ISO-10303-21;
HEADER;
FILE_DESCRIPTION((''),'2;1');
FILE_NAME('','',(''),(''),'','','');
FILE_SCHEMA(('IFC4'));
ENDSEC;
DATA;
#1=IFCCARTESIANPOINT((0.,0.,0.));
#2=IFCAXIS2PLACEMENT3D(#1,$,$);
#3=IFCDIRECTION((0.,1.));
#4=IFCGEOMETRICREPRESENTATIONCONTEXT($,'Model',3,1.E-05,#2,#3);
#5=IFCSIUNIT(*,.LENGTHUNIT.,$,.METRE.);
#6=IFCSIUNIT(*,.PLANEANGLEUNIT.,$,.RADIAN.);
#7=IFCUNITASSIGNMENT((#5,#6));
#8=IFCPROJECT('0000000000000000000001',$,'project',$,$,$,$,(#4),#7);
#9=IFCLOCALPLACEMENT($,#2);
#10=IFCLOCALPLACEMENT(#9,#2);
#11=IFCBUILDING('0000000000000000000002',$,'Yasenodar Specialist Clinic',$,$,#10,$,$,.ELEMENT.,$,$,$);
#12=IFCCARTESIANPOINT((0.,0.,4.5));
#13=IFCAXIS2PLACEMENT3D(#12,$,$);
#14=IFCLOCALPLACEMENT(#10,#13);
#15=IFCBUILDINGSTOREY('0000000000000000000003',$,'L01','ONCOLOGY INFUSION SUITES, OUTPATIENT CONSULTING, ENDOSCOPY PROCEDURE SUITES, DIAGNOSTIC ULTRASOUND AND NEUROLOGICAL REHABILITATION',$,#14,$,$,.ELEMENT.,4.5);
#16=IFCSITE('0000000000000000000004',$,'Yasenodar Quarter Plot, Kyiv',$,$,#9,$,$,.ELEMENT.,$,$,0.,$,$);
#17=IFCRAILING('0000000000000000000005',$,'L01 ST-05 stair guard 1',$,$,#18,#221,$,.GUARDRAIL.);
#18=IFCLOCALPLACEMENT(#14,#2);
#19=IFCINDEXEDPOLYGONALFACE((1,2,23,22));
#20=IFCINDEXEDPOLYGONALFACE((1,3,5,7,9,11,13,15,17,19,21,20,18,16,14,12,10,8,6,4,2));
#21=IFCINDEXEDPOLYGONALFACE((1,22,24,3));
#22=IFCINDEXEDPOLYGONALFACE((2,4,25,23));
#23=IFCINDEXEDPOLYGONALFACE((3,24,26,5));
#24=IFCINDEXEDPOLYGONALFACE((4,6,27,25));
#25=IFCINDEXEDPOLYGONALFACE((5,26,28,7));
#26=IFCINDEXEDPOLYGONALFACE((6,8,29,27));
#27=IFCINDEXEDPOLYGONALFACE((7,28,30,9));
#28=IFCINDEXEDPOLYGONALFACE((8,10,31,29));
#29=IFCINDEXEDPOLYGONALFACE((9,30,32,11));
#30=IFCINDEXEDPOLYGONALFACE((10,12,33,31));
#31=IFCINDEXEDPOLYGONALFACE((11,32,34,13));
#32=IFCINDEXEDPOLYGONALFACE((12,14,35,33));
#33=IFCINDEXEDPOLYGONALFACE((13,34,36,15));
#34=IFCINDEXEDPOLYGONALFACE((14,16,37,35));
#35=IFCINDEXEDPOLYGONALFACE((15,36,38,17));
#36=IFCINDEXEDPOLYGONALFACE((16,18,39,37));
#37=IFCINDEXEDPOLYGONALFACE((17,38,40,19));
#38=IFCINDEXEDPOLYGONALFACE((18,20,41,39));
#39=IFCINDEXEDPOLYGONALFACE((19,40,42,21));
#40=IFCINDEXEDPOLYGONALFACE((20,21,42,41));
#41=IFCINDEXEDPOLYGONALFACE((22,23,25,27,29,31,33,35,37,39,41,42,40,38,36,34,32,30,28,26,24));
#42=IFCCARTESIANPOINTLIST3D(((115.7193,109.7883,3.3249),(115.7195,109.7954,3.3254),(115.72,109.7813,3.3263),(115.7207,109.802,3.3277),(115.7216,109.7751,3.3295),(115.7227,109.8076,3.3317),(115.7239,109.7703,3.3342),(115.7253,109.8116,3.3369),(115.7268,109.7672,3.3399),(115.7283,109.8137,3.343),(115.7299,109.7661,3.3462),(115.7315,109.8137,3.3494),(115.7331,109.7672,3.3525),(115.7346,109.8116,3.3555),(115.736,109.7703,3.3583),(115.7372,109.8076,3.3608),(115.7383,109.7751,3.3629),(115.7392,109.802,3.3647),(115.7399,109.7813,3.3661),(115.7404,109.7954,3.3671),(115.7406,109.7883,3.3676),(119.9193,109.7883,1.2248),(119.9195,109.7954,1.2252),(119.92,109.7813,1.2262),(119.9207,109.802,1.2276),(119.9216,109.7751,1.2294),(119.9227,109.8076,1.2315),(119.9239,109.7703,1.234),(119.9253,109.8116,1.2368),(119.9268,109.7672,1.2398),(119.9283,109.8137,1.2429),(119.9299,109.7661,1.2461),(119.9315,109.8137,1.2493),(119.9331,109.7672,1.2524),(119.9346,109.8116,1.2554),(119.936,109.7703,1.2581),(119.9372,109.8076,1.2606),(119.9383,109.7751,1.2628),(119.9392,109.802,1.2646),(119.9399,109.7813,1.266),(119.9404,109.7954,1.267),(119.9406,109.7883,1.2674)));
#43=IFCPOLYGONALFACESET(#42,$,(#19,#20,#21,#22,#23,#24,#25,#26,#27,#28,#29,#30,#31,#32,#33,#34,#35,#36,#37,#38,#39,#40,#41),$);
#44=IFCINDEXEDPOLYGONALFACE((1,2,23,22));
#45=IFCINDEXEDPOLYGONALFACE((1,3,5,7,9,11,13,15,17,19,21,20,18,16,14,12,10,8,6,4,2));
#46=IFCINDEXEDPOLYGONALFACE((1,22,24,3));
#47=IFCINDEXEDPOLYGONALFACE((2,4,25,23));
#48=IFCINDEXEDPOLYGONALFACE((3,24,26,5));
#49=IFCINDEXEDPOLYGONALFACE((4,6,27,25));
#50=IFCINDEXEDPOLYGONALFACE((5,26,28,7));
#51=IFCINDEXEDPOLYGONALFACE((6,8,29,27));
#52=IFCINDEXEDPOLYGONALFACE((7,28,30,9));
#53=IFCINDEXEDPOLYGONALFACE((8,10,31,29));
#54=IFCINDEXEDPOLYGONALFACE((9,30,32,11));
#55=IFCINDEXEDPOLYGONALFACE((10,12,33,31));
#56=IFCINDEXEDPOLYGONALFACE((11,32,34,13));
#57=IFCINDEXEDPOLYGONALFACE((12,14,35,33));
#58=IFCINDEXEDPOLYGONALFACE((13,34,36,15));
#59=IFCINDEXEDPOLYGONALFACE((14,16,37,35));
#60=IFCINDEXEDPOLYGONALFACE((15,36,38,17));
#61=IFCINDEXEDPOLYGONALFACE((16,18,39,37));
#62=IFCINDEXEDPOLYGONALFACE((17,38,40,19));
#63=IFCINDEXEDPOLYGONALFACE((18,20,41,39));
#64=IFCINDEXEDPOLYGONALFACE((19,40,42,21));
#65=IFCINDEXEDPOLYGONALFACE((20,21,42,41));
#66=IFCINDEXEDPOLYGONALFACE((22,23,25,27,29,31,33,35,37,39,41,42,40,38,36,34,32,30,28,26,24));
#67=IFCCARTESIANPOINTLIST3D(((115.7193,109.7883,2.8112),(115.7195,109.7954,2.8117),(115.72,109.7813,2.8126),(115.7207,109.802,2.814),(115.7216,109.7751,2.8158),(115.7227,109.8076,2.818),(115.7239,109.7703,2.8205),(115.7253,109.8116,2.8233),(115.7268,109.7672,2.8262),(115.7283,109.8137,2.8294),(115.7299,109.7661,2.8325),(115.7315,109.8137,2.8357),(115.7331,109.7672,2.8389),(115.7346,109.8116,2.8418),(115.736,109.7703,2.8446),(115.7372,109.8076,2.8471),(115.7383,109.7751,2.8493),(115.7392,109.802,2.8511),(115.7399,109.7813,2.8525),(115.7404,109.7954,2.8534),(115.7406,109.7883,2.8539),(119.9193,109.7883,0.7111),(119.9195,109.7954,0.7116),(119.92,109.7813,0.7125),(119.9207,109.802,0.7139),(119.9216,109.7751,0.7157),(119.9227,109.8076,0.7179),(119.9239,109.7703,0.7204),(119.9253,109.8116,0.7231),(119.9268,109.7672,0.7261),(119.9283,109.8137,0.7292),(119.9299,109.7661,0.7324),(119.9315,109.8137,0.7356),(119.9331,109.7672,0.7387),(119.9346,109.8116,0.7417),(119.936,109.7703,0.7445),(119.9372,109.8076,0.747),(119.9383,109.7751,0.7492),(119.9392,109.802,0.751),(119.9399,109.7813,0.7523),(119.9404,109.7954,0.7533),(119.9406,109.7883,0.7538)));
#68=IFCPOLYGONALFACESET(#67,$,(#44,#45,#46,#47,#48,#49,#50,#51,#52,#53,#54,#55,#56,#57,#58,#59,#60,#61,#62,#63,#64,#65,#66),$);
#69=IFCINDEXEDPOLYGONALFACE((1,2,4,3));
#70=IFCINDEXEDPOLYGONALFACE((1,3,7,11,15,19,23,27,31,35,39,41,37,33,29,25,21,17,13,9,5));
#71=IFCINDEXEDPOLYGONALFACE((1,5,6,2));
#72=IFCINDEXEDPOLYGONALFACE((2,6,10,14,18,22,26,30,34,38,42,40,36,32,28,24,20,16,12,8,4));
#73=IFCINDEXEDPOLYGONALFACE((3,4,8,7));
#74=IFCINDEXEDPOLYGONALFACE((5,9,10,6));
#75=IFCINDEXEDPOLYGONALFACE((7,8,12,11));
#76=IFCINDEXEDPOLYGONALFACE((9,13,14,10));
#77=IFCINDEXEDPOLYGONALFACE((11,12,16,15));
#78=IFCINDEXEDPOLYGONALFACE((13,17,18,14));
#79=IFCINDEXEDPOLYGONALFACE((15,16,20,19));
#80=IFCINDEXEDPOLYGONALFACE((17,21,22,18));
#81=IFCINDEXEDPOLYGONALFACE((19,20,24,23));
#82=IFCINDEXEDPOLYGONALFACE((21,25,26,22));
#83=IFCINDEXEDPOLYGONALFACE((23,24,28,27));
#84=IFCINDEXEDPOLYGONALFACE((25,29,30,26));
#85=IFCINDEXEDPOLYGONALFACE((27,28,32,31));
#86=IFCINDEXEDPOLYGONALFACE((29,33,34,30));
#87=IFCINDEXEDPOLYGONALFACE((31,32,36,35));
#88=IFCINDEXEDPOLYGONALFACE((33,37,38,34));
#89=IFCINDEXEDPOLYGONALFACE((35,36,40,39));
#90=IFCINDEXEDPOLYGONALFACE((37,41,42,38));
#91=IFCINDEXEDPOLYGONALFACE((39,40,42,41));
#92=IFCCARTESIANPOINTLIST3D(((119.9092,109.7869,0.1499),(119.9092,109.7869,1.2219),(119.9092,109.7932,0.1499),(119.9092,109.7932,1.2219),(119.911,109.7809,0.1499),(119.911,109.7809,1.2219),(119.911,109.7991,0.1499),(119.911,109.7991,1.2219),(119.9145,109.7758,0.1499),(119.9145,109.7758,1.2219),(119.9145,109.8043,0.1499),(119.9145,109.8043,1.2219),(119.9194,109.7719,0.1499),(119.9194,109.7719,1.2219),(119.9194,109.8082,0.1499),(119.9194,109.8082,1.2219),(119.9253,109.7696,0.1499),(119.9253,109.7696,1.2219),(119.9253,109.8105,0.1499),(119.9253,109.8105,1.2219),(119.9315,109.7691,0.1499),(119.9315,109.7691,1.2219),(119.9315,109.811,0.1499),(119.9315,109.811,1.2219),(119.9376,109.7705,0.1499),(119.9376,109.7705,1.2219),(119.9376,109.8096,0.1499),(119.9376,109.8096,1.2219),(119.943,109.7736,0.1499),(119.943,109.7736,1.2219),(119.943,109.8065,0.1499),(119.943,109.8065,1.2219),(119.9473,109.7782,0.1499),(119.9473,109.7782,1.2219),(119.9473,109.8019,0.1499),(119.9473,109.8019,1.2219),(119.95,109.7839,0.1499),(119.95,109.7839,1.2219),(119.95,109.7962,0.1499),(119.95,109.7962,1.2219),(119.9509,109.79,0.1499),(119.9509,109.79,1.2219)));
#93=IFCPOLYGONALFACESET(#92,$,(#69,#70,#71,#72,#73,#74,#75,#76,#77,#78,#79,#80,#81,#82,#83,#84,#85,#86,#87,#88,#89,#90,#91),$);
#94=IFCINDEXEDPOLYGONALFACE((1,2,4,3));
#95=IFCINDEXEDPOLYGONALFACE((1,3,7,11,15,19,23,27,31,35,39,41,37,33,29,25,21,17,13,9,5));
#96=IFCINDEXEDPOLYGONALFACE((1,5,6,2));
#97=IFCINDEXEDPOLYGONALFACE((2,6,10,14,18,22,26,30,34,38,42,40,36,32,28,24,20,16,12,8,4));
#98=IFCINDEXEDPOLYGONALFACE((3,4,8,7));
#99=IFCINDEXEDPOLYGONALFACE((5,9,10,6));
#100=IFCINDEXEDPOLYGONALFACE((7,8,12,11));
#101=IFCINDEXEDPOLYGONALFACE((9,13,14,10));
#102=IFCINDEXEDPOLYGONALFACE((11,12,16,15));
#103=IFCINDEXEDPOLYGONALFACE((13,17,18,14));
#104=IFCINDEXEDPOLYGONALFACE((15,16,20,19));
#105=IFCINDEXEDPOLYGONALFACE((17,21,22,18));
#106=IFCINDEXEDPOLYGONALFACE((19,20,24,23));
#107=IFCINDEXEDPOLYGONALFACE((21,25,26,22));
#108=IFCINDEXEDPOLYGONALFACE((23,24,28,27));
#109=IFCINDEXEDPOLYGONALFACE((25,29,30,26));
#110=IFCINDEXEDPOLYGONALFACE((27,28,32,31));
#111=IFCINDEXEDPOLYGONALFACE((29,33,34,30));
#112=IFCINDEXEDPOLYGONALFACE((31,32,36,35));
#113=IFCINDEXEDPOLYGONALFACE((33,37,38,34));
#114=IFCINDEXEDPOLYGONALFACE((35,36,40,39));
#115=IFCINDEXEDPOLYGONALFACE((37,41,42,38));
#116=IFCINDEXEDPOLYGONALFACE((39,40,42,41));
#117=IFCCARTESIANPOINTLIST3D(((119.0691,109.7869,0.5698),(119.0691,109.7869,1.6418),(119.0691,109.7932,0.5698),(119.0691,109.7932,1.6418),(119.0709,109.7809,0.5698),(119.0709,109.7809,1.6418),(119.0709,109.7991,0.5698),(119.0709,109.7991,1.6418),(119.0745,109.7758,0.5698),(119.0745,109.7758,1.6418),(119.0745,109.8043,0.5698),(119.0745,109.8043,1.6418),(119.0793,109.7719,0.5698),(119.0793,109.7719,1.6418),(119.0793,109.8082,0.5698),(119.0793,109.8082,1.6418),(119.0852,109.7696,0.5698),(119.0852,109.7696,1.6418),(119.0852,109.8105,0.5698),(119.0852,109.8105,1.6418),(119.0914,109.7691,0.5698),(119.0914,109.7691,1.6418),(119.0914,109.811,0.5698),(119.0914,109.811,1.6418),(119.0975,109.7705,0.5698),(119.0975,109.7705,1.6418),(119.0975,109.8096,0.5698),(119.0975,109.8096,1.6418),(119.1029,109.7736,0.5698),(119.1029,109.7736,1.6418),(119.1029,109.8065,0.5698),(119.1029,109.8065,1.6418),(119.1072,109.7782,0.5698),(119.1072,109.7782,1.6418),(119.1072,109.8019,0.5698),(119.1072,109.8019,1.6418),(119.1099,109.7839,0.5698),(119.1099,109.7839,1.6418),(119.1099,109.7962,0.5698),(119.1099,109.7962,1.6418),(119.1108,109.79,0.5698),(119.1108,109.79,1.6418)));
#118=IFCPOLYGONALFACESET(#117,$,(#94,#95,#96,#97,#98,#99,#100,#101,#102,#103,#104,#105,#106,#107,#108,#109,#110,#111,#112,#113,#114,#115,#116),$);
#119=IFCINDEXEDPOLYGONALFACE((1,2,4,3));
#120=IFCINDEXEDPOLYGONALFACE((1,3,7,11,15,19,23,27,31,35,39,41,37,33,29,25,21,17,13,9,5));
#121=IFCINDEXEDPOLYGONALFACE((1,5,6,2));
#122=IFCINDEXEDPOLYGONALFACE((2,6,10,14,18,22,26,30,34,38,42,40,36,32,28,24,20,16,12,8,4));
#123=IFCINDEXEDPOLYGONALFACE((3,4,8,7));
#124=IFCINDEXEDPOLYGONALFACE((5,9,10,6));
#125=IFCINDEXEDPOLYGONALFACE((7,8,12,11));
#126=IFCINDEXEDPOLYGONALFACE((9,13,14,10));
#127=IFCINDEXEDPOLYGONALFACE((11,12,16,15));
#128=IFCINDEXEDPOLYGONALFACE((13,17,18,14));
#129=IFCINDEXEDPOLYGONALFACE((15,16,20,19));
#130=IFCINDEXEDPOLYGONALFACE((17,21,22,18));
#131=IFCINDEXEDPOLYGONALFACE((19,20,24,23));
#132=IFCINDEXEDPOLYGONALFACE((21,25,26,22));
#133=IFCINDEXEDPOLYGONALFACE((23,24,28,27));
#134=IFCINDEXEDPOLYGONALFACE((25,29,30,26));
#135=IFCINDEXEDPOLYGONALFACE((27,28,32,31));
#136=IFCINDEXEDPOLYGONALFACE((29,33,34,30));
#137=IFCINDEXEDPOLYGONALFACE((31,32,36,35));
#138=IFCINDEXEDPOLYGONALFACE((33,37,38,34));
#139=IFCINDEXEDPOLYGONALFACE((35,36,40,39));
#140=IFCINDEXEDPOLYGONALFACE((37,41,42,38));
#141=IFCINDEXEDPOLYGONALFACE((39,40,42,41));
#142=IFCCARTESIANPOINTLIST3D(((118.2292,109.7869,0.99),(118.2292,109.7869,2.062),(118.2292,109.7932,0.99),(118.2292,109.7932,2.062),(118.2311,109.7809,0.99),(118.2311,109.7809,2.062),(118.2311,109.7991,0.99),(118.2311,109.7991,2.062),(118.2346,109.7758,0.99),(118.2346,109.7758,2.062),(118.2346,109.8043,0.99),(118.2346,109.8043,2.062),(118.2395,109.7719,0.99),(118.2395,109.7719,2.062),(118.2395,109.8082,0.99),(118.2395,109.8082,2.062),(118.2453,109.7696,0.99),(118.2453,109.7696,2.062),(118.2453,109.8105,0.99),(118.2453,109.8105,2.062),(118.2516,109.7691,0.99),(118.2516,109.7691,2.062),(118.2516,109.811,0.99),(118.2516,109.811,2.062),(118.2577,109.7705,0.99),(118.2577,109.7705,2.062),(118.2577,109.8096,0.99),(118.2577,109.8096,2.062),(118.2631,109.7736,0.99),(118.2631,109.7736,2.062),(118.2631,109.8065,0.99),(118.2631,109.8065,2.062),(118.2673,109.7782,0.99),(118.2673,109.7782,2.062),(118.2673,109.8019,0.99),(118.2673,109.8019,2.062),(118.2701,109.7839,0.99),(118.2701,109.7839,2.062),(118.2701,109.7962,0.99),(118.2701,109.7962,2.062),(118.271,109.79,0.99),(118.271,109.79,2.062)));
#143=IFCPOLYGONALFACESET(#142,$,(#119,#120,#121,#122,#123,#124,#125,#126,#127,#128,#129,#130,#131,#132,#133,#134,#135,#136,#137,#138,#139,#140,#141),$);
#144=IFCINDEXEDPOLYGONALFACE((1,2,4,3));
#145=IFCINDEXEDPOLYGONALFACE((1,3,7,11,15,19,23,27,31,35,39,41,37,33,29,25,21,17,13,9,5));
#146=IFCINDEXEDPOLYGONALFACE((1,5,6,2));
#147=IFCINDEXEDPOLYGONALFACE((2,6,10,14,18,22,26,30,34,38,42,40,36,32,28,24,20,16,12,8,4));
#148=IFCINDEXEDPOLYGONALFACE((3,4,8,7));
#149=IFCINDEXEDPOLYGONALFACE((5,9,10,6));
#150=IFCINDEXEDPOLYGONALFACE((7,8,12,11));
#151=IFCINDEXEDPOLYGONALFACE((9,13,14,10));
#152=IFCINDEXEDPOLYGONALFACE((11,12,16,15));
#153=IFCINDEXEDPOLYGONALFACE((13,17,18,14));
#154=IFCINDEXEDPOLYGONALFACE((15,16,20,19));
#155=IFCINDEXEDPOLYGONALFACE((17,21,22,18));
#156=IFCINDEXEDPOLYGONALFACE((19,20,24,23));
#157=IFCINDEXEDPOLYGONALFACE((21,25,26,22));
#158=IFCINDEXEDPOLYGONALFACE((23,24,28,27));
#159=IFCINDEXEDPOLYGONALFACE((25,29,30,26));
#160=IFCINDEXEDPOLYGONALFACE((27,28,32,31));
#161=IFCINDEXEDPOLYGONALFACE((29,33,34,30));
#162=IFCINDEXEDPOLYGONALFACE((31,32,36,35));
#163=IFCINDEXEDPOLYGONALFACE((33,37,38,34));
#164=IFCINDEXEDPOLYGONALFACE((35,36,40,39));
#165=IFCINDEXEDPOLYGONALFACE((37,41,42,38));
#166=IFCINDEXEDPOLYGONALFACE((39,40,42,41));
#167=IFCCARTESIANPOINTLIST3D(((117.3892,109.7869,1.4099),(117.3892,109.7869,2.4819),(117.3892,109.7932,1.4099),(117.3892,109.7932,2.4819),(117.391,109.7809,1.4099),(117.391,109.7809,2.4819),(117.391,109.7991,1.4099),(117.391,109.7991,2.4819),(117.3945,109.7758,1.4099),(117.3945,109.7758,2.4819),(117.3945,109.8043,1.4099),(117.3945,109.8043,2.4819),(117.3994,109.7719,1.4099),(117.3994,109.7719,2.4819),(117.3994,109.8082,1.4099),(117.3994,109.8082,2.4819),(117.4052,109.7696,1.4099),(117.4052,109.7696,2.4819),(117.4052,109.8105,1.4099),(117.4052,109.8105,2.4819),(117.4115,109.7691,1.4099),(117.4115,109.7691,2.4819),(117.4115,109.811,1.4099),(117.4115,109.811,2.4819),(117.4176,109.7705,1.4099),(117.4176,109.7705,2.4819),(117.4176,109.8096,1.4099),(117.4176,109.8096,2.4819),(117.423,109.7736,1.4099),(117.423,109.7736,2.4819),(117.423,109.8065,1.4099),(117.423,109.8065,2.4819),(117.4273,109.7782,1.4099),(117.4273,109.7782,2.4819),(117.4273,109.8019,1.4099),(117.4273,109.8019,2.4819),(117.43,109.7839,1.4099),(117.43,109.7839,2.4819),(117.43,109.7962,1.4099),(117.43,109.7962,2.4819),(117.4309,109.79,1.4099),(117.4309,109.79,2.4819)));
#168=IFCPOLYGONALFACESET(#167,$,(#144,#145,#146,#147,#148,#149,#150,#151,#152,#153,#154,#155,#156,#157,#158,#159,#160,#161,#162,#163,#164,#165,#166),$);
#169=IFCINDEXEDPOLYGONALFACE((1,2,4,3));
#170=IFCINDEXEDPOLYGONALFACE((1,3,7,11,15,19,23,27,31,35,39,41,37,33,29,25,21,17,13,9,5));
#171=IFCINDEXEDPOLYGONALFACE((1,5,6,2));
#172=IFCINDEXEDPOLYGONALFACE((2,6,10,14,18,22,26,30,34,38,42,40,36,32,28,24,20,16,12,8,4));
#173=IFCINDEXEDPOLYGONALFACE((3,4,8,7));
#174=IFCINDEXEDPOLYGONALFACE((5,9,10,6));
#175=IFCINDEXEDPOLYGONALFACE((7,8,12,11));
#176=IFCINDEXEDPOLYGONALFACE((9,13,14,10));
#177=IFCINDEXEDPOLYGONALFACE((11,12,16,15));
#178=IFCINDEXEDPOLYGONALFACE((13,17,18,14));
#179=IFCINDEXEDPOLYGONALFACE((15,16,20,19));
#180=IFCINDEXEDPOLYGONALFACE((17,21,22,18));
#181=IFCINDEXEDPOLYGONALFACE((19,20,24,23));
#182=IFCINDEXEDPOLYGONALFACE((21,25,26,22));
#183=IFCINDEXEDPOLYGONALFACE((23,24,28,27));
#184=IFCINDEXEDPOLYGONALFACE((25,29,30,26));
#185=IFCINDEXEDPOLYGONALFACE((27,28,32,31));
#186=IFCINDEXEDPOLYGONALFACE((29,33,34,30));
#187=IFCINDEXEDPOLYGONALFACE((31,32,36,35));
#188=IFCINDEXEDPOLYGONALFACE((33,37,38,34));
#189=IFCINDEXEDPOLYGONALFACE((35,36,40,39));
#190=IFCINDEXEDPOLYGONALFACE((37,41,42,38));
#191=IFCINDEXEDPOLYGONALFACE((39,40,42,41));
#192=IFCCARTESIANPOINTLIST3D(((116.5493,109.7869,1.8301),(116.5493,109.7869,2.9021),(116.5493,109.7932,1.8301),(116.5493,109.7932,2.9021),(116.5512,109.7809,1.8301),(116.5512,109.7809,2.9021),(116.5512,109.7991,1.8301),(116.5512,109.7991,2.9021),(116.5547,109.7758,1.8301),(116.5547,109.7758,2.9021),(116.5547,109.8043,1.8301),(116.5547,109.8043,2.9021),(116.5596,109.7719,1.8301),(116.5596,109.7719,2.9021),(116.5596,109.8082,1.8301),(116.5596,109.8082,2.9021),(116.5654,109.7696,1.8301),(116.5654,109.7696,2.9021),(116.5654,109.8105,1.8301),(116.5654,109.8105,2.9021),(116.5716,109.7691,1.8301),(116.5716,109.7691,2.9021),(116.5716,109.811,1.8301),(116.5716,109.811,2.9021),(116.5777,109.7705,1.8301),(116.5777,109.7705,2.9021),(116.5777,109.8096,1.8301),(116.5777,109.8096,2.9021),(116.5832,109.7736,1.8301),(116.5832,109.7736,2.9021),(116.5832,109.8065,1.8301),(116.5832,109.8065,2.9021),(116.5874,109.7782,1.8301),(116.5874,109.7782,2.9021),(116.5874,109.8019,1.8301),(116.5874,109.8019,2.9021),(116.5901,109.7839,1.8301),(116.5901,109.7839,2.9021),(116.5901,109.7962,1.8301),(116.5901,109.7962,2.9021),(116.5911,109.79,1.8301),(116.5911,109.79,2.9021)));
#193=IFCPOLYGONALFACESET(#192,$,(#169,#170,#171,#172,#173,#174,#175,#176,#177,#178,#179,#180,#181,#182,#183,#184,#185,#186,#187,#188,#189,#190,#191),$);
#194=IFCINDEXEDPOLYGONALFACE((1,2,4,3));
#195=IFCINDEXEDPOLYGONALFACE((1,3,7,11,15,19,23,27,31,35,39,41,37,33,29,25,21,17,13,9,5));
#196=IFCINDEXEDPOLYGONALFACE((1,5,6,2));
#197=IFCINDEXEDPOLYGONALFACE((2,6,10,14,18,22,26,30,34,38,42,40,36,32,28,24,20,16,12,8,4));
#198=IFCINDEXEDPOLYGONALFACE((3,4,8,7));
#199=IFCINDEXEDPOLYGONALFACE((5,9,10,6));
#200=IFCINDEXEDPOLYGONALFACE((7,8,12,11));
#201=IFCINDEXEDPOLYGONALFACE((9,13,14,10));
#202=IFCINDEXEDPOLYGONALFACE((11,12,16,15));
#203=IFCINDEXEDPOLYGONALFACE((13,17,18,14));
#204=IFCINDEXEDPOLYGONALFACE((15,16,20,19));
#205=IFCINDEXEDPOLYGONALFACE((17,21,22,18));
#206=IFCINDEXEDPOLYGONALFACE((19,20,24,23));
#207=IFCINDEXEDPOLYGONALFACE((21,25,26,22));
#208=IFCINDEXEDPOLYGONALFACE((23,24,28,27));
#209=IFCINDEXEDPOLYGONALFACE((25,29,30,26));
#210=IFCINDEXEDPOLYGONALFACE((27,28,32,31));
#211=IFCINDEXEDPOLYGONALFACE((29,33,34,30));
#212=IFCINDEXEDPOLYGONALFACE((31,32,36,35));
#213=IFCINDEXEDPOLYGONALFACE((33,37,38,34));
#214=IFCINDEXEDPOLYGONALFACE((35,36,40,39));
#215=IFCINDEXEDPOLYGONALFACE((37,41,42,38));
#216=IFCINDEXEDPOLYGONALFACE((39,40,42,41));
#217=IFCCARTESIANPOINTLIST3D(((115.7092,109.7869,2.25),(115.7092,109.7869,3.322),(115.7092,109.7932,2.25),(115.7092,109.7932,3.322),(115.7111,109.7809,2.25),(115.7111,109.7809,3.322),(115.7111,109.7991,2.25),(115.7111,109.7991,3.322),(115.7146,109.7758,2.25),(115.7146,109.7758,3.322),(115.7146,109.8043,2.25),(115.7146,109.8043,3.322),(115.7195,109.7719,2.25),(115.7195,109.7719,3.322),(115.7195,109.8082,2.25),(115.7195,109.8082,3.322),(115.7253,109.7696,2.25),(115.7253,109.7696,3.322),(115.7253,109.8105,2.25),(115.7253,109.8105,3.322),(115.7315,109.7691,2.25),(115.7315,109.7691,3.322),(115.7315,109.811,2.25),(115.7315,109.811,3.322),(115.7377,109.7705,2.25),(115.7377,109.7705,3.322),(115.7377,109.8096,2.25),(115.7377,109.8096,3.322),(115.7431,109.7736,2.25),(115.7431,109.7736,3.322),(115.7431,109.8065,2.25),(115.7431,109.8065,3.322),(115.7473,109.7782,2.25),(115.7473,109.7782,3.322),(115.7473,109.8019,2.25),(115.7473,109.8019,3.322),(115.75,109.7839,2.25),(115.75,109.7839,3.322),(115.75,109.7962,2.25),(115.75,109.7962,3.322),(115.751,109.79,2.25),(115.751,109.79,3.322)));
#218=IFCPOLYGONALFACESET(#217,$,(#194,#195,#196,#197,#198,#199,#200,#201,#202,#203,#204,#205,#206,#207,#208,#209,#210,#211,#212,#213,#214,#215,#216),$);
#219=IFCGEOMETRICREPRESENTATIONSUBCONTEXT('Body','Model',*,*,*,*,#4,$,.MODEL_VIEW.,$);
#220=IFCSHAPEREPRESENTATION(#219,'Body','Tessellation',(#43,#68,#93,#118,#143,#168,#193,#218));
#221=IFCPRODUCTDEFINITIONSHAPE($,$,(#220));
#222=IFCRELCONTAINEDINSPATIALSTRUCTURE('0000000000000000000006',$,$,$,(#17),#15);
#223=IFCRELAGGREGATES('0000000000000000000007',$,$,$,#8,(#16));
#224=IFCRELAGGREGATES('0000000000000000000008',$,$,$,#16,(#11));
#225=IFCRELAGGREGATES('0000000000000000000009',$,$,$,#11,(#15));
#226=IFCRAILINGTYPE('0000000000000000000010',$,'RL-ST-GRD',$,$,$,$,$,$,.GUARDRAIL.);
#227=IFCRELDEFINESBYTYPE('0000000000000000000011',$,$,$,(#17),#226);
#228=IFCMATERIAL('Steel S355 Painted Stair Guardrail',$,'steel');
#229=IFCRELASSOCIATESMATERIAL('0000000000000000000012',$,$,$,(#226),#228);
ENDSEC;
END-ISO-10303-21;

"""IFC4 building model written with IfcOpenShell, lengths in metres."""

from ifc_helpers import new_model, si_unit, direction, frame, origin, origin_2d, place, context, subcontext, project, spatial, circle, extrude, material, type_object, element, save


model = new_model("IFC4")

# Units and contexts
model_context = context("Model", 3, precision=1e-05, world=origin(), true_north=direction((0.0, 1.0)))
body_context = subcontext(model_context, "Body", "Model", "MODEL_VIEW")
ifc_project = project(units=[si_unit("LENGTHUNIT", "METRE"), si_unit("PLANEANGLEUNIT", "RADIAN")], contexts=[model_context])

# Site, building, storey
site_placement = place(None, origin())
site = spatial("IfcSite", under=ifc_project, at=site_placement, Name="Yasenodar Quarter Plot, Kyiv", CompositionType="ELEMENT", RefElevation=0.0)
building_placement = place(site_placement, origin())
building = spatial("IfcBuilding", under=site, at=building_placement, Name="Yasenodar Specialist Clinic", CompositionType="ELEMENT")
storey_placement = place(building_placement, frame((0.0, 0.0, 4.5)))
storey = spatial("IfcBuildingStorey", under=building, at=storey_placement, Name="L01", Description="ONCOLOGY INFUSION SUITES, OUTPATIENT CONSULTING, ENDOSCOPY PROCEDURE SUITES, DIAGNOSTIC ULTRASOUND AND NEUROLOGICAL REHABILITATION", CompositionType="ELEMENT", Elevation=4.5)

# Railing
ifc_material_1 = material(Name="Steel S355 Painted Stair Guardrail", Category="steel")
railing_type_1 = type_object("IfcRailingType", Name="RL-ST-GRD", PredefinedType="GUARDRAIL", material=ifc_material_1)
railing_1_placement = place(storey_placement, frame((119.9299, 109.79, 0.1499)))
element("IfcRailing", 1, at=railing_1_placement, inside=storey, type_object=railing_type_1, Name="L01 ST-05 stair guard 1", PredefinedType="GUARDRAIL", context=body_context, shape_type="SweptSolid", body=[
    extrude(circle(Radius=0.0239, at=origin_2d()), frame((0.0, 0.0, 1.0962), z_axis=(-0.894417, 0.0, 0.447234), x_axis=(0.0, -1.0, 0.0)), (0.0, 0.0, 1.0), 4.6958),
    extrude(circle(Radius=0.0239, at=origin_2d()), frame((0.0, 0.0, 0.5825), z_axis=(-0.894417, 0.0, 0.447234), x_axis=(0.0, -1.0, 0.0)), (0.0, 0.0, 1.0), 4.6958),
    extrude(circle(Radius=0.021, at=origin_2d()), origin(), (0.0, 0.0, 1.0), 1.072),
    extrude(circle(Radius=0.021, at=origin_2d()), frame((-0.8401, 0.0, 0.4199)), (0.0, 0.0, 1.0), 1.072),
    extrude(circle(Radius=0.021, at=origin_2d()), frame((-1.6799, 0.0, 0.8401)), (0.0, 0.0, 1.0), 1.072),
    extrude(circle(Radius=0.021, at=origin_2d()), frame((-2.52, 0.0, 1.26)), (0.0, 0.0, 1.0), 1.072),
    extrude(circle(Radius=0.021, at=origin_2d()), frame((-3.3599, 0.0, 1.6802)), (0.0, 0.0, 1.0), 1.072),
    extrude(circle(Radius=0.021, at=origin_2d()), frame((-4.2, 0.0, 2.1001)), (0.0, 0.0, 1.0), 1.072),
])

save(model, "model.ifc")
